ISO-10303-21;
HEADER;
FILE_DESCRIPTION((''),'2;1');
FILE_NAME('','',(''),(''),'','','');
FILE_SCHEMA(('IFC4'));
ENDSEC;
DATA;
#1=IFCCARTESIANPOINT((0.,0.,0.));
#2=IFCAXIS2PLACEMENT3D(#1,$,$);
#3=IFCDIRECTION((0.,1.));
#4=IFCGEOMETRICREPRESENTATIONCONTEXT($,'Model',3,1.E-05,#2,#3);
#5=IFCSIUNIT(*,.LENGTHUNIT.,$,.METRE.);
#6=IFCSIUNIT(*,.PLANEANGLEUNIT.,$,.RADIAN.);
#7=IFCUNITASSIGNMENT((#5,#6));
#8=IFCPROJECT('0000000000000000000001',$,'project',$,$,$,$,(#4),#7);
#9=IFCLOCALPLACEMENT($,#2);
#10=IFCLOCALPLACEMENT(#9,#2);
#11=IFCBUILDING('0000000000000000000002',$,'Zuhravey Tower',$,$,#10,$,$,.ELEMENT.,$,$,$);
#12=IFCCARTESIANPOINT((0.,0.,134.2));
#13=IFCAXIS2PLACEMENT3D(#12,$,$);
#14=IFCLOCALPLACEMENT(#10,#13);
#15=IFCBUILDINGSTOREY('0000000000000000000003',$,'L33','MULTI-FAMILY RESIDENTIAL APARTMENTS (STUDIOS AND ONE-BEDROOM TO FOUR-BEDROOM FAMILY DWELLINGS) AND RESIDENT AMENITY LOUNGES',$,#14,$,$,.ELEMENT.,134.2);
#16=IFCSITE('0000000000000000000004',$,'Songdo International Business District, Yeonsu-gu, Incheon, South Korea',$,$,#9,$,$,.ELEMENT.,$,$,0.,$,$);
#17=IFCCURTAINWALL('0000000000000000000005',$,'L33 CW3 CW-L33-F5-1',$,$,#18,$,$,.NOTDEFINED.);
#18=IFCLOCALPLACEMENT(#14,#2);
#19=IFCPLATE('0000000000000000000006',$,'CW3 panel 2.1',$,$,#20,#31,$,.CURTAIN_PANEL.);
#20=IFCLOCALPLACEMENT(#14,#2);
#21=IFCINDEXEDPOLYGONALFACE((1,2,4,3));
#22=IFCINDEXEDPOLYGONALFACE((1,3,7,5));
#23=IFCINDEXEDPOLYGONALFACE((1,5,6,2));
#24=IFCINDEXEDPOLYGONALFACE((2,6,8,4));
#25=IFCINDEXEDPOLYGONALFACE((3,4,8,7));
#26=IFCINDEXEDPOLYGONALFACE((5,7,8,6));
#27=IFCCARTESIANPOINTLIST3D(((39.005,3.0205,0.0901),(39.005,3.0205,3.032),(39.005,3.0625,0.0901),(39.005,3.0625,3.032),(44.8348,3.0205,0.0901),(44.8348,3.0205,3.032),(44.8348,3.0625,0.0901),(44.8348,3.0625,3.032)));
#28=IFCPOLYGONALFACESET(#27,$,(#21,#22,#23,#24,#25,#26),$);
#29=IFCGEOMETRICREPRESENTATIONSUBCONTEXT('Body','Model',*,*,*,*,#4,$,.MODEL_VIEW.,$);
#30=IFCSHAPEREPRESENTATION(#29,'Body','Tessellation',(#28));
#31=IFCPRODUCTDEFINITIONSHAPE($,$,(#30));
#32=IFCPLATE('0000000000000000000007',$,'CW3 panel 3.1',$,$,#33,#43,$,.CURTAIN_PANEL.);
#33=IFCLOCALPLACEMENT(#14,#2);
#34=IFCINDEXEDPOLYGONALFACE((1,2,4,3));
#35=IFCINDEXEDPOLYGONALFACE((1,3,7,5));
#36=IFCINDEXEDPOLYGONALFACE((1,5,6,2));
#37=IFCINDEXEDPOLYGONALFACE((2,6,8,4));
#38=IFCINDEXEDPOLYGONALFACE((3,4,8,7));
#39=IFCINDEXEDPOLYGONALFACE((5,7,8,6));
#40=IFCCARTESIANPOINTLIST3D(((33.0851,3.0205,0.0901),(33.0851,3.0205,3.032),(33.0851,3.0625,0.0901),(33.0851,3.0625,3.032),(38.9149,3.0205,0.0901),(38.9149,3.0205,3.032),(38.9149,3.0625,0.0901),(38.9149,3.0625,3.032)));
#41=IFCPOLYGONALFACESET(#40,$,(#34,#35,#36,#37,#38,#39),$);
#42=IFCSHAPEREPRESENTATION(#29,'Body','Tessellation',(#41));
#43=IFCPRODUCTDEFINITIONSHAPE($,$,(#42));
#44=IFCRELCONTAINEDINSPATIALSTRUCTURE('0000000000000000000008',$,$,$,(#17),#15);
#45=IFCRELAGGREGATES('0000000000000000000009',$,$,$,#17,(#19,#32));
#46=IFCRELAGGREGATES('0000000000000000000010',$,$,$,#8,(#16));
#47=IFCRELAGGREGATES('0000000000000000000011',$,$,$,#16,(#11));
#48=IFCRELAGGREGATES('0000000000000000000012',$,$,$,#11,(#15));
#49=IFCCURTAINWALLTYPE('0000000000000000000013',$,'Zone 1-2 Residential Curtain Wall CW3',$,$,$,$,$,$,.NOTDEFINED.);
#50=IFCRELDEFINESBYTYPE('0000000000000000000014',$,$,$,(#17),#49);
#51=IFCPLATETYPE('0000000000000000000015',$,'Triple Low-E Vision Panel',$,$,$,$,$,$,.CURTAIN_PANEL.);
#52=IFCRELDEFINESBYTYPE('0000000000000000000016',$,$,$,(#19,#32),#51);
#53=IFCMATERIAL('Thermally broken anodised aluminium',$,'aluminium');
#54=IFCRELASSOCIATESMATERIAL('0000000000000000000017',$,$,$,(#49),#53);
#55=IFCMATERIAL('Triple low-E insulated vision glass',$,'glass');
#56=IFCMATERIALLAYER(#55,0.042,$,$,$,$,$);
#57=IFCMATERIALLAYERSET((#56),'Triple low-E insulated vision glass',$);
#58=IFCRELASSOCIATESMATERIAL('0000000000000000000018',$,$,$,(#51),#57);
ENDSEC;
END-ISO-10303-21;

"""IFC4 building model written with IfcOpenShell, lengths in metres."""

from ifc_helpers import new_model, si_unit, direction, frame, origin, origin_2d, place, context, subcontext, project, spatial, rectangle, extrude, material, layer, layer_set, type_object, element, aggregate, save


model = new_model("IFC4")

# Units and contexts
model_context = context("Model", 3, precision=1e-05, world=origin(), true_north=direction((0.0, 1.0)))
body_context = subcontext(model_context, "Body", "Model", "MODEL_VIEW")
ifc_project = project(units=[si_unit("LENGTHUNIT", "METRE"), si_unit("PLANEANGLEUNIT", "RADIAN")], contexts=[model_context])

# Site, building, storey
site_placement = place(None, origin())
site = spatial("IfcSite", under=ifc_project, at=site_placement, Name="Songdo International Business District, Yeonsu-gu, Incheon, South Korea", CompositionType="ELEMENT", RefElevation=0.0)
building_placement = place(site_placement, origin())
building = spatial("IfcBuilding", under=site, at=building_placement, Name="Zuhravey Tower", CompositionType="ELEMENT")
storey_placement = place(building_placement, frame((0.0, 0.0, 134.2)))
storey = spatial("IfcBuildingStorey", under=building, at=storey_placement, Name="L33", Description="MULTI-FAMILY RESIDENTIAL APARTMENTS (STUDIOS AND ONE-BEDROOM TO FOUR-BEDROOM FAMILY DWELLINGS) AND RESIDENT AMENITY LOUNGES", CompositionType="ELEMENT", Elevation=134.2)

# Curtain wall
ifc_material_1 = material(Name="Thermally broken anodised aluminium", Category="aluminium")
curtain_wall_type = type_object("IfcCurtainWallType", Name="Zone 1-2 Residential Curtain Wall CW3", PredefinedType="NOTDEFINED", material=ifc_material_1)
curtain_wall_placement = place(storey_placement, origin())
curtain_wall = element("IfcCurtainWall", 1, at=curtain_wall_placement, inside=storey, type_object=curtain_wall_type, Name="L33 CW3 CW-L33-F5-1", PredefinedType="NOTDEFINED")

# Plates
ifc_material_2 = material(Name="Triple low-E insulated vision glass", Category="glass")
ifc_layer = layer(ifc_material_2, 0.042)
ifc_layer_set = layer_set([ifc_layer], Name="Triple low-E insulated vision glass")
plate_type = type_object("IfcPlateType", Name="Triple Low-E Vision Panel", PredefinedType="CURTAIN_PANEL", material=ifc_layer_set)
plate_1_placement = place(storey_placement, frame((41.9199, 3.0415, 0.0901), z_axis=(0.0, 0.0, 1.0), x_axis=(-1.0, 0.0, 0.0)))
plate_1 = element("IfcPlate", 2, at=plate_1_placement, type_object=plate_type, Name="CW3 panel 2.1", PredefinedType="CURTAIN_PANEL", context=body_context, shape_type="SweptSolid", body=[
    extrude(rectangle(XDim=5.8298, YDim=0.042, at=origin_2d()), origin(), (0.0, 0.0, 1.0), 2.9419),
])
plate_2_placement = place(storey_placement, frame((36.0, 3.0415, 0.0901), z_axis=(0.0, 0.0, 1.0), x_axis=(-1.0, 0.0, 0.0)))
plate_2 = element("IfcPlate", 3, at=plate_2_placement, type_object=plate_type, Name="CW3 panel 3.1", PredefinedType="CURTAIN_PANEL", context=body_context, shape_type="SweptSolid", body=[
    extrude(rectangle(XDim=5.8298, YDim=0.042, at=origin_2d()), origin(), (0.0, 0.0, 1.0), 2.9419),
])
aggregate(curtain_wall, [plate_1, plate_2])

save(model, "model.ifc")
